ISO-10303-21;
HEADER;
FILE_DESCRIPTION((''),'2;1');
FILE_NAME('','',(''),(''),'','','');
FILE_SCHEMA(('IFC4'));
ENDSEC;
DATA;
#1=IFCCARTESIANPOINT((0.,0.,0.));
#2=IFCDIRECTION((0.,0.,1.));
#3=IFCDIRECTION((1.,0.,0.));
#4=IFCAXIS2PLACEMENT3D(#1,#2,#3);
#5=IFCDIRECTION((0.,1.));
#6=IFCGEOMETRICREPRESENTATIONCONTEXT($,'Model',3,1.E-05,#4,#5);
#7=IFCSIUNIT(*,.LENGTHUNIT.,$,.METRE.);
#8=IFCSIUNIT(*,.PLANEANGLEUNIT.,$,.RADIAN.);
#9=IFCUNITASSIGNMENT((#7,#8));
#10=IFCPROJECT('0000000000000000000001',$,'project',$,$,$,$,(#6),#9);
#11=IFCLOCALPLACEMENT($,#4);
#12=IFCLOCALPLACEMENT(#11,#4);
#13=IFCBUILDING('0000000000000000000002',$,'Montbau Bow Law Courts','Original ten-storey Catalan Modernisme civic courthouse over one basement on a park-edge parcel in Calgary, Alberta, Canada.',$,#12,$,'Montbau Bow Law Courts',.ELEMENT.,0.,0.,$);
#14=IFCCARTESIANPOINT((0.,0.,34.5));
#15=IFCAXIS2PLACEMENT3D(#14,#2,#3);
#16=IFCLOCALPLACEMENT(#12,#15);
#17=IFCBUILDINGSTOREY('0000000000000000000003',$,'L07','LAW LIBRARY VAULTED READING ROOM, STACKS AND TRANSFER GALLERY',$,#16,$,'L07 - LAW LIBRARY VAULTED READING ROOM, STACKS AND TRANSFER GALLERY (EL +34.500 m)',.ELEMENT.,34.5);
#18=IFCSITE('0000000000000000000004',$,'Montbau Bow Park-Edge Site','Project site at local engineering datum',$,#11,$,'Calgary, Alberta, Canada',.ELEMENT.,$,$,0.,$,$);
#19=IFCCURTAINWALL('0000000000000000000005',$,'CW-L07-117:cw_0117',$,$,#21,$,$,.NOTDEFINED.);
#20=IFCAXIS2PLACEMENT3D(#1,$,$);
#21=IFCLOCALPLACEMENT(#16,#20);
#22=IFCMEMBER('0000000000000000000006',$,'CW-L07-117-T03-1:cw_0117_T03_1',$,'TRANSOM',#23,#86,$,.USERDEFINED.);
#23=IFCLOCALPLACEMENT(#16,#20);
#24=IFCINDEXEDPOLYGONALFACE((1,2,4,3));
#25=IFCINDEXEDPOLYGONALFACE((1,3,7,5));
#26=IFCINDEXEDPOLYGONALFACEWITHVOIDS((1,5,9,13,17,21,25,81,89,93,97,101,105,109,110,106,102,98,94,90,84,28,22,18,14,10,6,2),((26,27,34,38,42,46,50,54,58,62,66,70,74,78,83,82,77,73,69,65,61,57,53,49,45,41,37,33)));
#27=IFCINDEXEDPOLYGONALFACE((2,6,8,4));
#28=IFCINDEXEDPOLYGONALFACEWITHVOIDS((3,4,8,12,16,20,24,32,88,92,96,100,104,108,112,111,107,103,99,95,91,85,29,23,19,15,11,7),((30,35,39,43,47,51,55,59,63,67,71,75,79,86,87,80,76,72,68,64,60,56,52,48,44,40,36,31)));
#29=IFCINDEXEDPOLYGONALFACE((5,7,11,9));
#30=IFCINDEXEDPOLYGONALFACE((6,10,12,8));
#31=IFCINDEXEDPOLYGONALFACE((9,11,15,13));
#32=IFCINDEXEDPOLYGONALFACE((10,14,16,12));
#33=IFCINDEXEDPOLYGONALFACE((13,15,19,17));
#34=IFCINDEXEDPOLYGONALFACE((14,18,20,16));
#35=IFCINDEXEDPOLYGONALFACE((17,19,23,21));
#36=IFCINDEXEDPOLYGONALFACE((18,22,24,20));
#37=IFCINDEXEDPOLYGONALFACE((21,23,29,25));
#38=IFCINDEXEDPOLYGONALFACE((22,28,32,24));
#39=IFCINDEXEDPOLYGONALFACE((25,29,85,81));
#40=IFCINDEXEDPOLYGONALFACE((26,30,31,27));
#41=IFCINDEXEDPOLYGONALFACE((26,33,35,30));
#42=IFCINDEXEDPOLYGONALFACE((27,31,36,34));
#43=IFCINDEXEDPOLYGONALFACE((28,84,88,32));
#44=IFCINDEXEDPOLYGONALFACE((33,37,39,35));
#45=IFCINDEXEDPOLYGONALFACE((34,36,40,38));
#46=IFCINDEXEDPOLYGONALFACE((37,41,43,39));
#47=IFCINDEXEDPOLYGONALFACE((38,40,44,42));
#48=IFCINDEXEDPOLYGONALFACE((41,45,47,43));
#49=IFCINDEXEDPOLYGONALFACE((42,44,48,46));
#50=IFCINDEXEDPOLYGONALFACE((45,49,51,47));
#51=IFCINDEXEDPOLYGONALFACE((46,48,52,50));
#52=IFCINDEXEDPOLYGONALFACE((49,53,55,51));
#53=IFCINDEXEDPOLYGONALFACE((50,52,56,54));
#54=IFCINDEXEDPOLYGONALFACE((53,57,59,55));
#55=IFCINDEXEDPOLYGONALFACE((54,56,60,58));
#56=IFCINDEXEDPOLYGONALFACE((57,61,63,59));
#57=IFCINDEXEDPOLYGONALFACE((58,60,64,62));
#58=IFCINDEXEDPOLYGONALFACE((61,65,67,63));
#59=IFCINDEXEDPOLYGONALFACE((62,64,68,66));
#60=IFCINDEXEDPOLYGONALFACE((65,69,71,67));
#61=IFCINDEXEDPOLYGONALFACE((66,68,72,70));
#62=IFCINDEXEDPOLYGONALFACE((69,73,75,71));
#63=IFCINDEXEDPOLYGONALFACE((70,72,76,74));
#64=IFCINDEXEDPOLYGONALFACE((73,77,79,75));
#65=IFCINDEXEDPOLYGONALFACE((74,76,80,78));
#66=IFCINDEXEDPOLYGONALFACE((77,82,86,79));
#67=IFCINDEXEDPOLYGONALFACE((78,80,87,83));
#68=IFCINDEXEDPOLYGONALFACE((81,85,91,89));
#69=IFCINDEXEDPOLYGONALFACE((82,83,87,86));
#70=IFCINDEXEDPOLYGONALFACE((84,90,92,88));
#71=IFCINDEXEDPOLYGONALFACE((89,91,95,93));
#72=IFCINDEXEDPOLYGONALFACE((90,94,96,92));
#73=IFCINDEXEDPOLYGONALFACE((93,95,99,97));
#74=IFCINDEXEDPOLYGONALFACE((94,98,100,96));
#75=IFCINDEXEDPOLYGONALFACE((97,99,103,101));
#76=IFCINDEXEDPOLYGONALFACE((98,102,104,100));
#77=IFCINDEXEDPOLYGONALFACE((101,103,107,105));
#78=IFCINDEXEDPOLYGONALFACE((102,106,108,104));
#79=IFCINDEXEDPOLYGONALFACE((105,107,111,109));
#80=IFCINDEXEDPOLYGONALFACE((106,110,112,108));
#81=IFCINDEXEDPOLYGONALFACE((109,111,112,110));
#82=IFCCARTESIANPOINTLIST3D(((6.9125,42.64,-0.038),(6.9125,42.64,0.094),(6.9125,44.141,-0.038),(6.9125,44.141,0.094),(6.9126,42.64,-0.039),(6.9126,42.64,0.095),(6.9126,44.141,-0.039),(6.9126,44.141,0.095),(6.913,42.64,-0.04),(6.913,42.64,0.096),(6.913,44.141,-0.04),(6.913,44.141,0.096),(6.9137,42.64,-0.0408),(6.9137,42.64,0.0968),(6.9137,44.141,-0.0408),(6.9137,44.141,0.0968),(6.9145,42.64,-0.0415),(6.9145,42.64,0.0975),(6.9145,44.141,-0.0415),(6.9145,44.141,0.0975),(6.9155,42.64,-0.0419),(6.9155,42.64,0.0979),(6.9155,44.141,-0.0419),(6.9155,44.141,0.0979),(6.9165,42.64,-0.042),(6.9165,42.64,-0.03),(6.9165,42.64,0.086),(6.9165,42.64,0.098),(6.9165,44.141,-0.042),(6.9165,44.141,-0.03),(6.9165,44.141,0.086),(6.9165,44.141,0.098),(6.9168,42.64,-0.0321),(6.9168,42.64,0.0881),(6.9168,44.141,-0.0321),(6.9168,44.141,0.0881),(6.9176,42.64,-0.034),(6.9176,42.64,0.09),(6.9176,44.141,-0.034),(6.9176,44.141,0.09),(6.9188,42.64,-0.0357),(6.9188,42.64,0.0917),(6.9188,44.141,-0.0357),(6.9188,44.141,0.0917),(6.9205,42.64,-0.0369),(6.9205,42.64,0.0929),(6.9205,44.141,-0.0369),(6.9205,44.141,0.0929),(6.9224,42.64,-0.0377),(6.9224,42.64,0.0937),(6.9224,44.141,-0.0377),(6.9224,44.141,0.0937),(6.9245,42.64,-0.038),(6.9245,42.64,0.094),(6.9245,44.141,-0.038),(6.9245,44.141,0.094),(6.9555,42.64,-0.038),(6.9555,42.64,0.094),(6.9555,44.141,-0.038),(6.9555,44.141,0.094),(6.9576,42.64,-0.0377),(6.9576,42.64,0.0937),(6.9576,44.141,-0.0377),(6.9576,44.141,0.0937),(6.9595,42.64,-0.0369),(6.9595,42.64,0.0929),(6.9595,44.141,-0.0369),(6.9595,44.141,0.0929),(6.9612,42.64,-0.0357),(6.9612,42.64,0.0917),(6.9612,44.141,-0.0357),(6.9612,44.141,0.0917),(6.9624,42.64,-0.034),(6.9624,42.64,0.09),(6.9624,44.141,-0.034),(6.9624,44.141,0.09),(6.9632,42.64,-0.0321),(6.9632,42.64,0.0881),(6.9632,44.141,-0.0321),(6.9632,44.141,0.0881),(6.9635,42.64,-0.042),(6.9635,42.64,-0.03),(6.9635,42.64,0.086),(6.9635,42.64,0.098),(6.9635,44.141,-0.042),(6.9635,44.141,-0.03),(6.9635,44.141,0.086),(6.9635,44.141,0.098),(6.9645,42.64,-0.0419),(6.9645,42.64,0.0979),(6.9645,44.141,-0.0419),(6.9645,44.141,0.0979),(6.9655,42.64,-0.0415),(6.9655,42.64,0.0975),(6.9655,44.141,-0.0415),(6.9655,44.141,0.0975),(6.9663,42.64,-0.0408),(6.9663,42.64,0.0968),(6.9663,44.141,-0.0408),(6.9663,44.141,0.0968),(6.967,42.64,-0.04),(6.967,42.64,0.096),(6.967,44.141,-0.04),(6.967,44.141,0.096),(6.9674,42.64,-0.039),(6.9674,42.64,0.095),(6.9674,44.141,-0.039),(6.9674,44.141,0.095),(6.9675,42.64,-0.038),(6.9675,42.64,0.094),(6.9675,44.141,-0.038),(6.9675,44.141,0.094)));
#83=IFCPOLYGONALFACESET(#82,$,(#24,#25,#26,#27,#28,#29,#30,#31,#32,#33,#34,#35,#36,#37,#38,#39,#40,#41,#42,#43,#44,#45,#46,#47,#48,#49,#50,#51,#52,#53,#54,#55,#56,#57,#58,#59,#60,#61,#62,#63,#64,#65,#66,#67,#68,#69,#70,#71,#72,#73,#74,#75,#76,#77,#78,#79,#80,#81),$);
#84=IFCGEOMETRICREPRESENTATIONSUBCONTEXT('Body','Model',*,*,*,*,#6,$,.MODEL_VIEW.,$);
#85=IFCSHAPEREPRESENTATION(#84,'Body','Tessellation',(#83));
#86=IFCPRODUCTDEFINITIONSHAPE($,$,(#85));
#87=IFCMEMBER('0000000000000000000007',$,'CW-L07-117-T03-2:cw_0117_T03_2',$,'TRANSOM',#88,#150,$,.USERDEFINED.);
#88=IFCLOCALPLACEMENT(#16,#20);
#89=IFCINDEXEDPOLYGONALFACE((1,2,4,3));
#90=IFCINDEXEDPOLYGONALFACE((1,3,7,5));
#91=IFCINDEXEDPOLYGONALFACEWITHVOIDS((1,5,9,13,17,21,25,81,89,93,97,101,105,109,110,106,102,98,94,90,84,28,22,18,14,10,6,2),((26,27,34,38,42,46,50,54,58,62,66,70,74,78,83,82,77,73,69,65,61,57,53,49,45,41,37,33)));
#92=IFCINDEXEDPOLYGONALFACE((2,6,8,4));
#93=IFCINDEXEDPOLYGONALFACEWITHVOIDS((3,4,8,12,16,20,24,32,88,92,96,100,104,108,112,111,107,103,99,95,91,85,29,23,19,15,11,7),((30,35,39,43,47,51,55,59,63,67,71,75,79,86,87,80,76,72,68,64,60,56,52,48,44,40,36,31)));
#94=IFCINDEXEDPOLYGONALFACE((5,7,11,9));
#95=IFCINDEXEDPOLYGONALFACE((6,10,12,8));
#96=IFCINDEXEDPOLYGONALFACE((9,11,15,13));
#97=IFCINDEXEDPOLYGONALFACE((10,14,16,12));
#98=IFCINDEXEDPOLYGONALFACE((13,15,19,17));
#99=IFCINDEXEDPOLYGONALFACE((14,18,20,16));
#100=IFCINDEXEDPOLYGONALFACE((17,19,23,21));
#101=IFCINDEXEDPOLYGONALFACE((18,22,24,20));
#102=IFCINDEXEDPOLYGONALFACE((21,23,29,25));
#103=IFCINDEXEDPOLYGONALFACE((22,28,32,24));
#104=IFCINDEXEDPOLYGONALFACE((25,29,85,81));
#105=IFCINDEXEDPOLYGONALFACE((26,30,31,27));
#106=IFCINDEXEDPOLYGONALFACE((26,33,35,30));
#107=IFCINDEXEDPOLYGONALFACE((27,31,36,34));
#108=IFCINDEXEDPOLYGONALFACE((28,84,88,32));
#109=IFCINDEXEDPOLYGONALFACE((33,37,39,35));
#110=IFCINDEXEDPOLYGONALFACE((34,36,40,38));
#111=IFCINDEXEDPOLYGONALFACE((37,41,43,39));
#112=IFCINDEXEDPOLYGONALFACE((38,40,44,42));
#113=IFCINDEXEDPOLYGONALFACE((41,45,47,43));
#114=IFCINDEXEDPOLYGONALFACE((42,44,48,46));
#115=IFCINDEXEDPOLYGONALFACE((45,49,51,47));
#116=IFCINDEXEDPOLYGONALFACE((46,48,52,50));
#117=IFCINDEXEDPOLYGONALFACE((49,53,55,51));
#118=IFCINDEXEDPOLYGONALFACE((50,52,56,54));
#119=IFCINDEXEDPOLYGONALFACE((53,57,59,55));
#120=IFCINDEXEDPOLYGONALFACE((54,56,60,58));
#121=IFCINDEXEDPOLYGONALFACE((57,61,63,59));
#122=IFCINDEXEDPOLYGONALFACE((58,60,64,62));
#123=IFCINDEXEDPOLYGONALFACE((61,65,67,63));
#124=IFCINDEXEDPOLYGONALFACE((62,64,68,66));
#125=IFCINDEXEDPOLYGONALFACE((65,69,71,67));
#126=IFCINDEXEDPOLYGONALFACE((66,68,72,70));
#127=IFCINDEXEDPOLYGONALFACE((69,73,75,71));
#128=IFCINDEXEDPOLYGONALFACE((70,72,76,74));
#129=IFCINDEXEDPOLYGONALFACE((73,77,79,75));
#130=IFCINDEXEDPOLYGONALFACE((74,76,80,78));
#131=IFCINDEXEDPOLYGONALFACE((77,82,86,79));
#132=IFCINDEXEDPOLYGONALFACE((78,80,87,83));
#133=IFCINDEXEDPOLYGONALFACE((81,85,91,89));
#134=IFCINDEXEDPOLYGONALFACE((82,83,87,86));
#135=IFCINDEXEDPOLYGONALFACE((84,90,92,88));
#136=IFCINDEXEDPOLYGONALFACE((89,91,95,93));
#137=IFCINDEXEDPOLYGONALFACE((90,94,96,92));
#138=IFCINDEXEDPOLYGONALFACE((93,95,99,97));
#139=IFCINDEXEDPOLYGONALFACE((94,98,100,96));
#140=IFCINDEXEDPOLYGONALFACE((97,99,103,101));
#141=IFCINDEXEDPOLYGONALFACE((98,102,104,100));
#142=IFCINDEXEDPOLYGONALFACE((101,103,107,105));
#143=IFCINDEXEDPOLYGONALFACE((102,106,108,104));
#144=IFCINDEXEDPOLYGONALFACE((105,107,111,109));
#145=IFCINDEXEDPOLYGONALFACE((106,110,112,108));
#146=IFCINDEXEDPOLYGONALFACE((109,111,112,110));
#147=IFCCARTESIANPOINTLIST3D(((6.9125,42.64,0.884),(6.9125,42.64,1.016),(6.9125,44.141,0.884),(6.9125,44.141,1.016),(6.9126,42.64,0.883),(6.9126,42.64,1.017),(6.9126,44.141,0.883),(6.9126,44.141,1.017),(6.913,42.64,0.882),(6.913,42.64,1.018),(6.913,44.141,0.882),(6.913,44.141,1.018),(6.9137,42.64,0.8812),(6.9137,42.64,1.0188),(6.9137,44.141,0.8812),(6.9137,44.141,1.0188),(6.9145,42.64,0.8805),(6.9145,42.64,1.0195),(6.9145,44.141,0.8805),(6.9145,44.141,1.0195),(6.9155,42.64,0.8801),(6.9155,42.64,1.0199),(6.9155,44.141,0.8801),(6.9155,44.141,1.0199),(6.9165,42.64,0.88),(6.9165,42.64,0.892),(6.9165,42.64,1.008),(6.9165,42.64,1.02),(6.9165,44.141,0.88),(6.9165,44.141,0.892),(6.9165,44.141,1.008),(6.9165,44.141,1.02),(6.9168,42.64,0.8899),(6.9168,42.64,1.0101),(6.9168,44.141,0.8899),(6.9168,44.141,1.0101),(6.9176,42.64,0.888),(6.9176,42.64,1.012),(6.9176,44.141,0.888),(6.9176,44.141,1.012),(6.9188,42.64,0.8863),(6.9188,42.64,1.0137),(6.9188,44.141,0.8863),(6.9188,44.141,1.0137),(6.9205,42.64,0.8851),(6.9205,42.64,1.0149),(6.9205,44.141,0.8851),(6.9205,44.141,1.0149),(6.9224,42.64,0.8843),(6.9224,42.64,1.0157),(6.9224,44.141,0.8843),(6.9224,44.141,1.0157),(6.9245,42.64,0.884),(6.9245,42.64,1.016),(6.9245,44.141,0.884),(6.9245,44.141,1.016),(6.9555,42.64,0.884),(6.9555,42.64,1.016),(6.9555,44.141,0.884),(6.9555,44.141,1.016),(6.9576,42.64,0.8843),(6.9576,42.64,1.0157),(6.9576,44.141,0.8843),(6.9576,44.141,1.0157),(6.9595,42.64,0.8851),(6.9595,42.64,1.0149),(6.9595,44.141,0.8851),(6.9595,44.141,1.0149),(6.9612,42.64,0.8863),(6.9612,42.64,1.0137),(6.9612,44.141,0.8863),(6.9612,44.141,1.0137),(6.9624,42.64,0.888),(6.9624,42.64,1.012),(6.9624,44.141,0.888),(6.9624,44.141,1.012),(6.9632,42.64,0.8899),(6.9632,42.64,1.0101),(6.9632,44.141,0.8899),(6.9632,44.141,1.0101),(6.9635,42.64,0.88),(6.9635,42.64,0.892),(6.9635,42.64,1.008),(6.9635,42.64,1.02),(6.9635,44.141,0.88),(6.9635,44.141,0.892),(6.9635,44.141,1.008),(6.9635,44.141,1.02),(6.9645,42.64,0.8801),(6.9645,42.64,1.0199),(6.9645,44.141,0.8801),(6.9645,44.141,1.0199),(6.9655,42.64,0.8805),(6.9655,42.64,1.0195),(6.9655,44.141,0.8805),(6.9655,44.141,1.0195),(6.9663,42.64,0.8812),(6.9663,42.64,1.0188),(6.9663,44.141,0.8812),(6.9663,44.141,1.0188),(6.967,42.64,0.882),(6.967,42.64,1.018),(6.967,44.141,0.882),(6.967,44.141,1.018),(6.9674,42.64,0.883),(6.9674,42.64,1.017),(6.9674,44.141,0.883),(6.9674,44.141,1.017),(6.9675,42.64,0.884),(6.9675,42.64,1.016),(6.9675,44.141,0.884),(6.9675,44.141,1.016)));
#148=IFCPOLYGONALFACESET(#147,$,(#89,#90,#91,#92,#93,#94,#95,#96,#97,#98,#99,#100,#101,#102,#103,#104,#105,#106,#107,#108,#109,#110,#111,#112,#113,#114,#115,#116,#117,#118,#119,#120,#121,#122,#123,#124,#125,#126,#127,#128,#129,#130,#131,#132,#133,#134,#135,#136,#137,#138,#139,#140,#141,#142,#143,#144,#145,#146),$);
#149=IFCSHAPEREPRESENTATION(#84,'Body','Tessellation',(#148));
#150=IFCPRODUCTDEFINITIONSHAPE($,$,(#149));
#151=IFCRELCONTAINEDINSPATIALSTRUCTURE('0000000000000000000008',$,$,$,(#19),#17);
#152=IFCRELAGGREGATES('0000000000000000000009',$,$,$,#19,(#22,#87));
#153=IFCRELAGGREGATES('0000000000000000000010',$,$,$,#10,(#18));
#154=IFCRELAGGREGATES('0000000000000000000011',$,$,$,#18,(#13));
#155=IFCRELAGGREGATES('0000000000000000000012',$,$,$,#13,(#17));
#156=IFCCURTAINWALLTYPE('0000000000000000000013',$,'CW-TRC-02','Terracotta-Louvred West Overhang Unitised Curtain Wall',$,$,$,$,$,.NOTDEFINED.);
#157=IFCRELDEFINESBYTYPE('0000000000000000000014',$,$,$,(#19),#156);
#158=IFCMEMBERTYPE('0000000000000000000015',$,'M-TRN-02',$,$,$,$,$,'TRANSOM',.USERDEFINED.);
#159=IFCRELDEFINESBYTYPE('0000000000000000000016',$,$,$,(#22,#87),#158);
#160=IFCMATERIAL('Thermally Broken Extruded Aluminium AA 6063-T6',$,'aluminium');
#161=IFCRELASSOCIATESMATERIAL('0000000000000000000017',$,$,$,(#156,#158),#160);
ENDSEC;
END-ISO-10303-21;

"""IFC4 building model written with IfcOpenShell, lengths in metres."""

from ifc_helpers import new_model, si_unit, direction, frame, origin_with_axes, origin_2d_with_axis, place, context, subcontext, project, spatial, hollow_rectangle, extrude, material, material_profile, profile_set, type_object, element, aggregate, save


model = new_model("IFC4")

# Units and contexts
model_context = context("Model", 3, precision=1e-05, world=origin_with_axes(), true_north=direction((0.0, 1.0)))
body_context = subcontext(model_context, "Body", "Model", "MODEL_VIEW")
ifc_project = project(units=[si_unit("LENGTHUNIT", "METRE"), si_unit("PLANEANGLEUNIT", "RADIAN")], contexts=[model_context])

# Site, building, storey
site_placement = place(None, origin_with_axes())
site = spatial("IfcSite", under=ifc_project, at=site_placement, Name="Montbau Bow Park-Edge Site", Description="Project site at local engineering datum", LongName="Calgary, Alberta, Canada", CompositionType="ELEMENT", RefElevation=0.0)
building_placement = place(site_placement, origin_with_axes())
building = spatial("IfcBuilding", under=site, at=building_placement, Name="Montbau Bow Law Courts", Description="Original ten-storey Catalan Modernisme civic courthouse over one basement on a park-edge parcel in Calgary, Alberta, Canada.", LongName="Montbau Bow Law Courts", CompositionType="ELEMENT", ElevationOfRefHeight=0.0, ElevationOfTerrain=0.0)
storey_placement = place(building_placement, frame((0.0, 0.0, 34.5), z_axis=(0.0, 0.0, 1.0), x_axis=(1.0, 0.0, 0.0)))
storey = spatial("IfcBuildingStorey", under=building, at=storey_placement, Name="L07", Description="LAW LIBRARY VAULTED READING ROOM, STACKS AND TRANSFER GALLERY", LongName="L07 - LAW LIBRARY VAULTED READING ROOM, STACKS AND TRANSFER GALLERY (EL +34.500 m)", CompositionType="ELEMENT", Elevation=34.5)

# Curtain wall, members
ifc_material_1 = material(Name="Thermally Broken Extruded Aluminium AA 6063-T6", Category="aluminium")
curtain_wall_type = type_object("IfcCurtainWallType", Name="CW-TRC-02", Description="Terracotta-Louvred West Overhang Unitised Curtain Wall", PredefinedType="NOTDEFINED", material=ifc_material_1)
curtain_wall_placement = place(None, frame((6.94, 39.44, 34.5), z_axis=(0.0, 0.0, 1.0), x_axis=(1.0, 0.0, 0.0)))
curtain_wall = element("IfcCurtainWall", 1, at=curtain_wall_placement, inside=storey, type_object=curtain_wall_type, Name="CW-L07-117:cw_0117", PredefinedType="NOTDEFINED")
ifc_material_profile_1 = material_profile(ifc_material_1, hollow_rectangle(XDim=0.055, YDim=0.14, WallThickness=0.004, InnerFilletRadius=0.008, OuterFilletRadius=0.004, at=origin_2d_with_axis()), Name="CWT-140X55", Category="Main", Priority=0)
ifc_profile_set_1 = profile_set([ifc_material_profile_1], Name="Thermally Broken Extruded Aluminium AA 6063-T6")
member_type_1 = type_object("IfcMemberType", Name="M-TRN-02", ElementType="TRANSOM", PredefinedType="USERDEFINED", material=ifc_profile_set_1)
member_1_placement = place(None, frame((6.94, 42.64, 34.528), z_axis=(0.0, 1.0, 0.0), x_axis=(-1.0, 0.0, 0.0)))
member_1 = element("IfcMember", 2, at=member_1_placement, type_object=member_type_1, Name="CW-L07-117-T03-1:cw_0117_T03_1", ObjectType="TRANSOM", PredefinedType="USERDEFINED", context=body_context, shape_type="SweptSolid", body=[
    extrude(hollow_rectangle(XDim=0.055, YDim=0.14, WallThickness=0.004, InnerFilletRadius=0.008, OuterFilletRadius=0.004, at=origin_2d_with_axis()), origin_with_axes(), (0.0, 0.0, 1.0), 1.501),
])
member_2_placement = place(None, frame((6.94, 42.64, 35.45), z_axis=(0.0, 1.0, 0.0), x_axis=(-1.0, 0.0, 0.0)))
member_2 = element("IfcMember", 3, at=member_2_placement, type_object=member_type_1, Name="CW-L07-117-T03-2:cw_0117_T03_2", ObjectType="TRANSOM", PredefinedType="USERDEFINED", context=body_context, shape_type="SweptSolid", body=[
    extrude(hollow_rectangle(XDim=0.055, YDim=0.14, WallThickness=0.004, InnerFilletRadius=0.008, OuterFilletRadius=0.004, at=origin_2d_with_axis()), origin_with_axes(), (0.0, 0.0, 1.0), 1.501),
])
aggregate(curtain_wall, [member_1, member_2])

save(model, "model.ifc")
